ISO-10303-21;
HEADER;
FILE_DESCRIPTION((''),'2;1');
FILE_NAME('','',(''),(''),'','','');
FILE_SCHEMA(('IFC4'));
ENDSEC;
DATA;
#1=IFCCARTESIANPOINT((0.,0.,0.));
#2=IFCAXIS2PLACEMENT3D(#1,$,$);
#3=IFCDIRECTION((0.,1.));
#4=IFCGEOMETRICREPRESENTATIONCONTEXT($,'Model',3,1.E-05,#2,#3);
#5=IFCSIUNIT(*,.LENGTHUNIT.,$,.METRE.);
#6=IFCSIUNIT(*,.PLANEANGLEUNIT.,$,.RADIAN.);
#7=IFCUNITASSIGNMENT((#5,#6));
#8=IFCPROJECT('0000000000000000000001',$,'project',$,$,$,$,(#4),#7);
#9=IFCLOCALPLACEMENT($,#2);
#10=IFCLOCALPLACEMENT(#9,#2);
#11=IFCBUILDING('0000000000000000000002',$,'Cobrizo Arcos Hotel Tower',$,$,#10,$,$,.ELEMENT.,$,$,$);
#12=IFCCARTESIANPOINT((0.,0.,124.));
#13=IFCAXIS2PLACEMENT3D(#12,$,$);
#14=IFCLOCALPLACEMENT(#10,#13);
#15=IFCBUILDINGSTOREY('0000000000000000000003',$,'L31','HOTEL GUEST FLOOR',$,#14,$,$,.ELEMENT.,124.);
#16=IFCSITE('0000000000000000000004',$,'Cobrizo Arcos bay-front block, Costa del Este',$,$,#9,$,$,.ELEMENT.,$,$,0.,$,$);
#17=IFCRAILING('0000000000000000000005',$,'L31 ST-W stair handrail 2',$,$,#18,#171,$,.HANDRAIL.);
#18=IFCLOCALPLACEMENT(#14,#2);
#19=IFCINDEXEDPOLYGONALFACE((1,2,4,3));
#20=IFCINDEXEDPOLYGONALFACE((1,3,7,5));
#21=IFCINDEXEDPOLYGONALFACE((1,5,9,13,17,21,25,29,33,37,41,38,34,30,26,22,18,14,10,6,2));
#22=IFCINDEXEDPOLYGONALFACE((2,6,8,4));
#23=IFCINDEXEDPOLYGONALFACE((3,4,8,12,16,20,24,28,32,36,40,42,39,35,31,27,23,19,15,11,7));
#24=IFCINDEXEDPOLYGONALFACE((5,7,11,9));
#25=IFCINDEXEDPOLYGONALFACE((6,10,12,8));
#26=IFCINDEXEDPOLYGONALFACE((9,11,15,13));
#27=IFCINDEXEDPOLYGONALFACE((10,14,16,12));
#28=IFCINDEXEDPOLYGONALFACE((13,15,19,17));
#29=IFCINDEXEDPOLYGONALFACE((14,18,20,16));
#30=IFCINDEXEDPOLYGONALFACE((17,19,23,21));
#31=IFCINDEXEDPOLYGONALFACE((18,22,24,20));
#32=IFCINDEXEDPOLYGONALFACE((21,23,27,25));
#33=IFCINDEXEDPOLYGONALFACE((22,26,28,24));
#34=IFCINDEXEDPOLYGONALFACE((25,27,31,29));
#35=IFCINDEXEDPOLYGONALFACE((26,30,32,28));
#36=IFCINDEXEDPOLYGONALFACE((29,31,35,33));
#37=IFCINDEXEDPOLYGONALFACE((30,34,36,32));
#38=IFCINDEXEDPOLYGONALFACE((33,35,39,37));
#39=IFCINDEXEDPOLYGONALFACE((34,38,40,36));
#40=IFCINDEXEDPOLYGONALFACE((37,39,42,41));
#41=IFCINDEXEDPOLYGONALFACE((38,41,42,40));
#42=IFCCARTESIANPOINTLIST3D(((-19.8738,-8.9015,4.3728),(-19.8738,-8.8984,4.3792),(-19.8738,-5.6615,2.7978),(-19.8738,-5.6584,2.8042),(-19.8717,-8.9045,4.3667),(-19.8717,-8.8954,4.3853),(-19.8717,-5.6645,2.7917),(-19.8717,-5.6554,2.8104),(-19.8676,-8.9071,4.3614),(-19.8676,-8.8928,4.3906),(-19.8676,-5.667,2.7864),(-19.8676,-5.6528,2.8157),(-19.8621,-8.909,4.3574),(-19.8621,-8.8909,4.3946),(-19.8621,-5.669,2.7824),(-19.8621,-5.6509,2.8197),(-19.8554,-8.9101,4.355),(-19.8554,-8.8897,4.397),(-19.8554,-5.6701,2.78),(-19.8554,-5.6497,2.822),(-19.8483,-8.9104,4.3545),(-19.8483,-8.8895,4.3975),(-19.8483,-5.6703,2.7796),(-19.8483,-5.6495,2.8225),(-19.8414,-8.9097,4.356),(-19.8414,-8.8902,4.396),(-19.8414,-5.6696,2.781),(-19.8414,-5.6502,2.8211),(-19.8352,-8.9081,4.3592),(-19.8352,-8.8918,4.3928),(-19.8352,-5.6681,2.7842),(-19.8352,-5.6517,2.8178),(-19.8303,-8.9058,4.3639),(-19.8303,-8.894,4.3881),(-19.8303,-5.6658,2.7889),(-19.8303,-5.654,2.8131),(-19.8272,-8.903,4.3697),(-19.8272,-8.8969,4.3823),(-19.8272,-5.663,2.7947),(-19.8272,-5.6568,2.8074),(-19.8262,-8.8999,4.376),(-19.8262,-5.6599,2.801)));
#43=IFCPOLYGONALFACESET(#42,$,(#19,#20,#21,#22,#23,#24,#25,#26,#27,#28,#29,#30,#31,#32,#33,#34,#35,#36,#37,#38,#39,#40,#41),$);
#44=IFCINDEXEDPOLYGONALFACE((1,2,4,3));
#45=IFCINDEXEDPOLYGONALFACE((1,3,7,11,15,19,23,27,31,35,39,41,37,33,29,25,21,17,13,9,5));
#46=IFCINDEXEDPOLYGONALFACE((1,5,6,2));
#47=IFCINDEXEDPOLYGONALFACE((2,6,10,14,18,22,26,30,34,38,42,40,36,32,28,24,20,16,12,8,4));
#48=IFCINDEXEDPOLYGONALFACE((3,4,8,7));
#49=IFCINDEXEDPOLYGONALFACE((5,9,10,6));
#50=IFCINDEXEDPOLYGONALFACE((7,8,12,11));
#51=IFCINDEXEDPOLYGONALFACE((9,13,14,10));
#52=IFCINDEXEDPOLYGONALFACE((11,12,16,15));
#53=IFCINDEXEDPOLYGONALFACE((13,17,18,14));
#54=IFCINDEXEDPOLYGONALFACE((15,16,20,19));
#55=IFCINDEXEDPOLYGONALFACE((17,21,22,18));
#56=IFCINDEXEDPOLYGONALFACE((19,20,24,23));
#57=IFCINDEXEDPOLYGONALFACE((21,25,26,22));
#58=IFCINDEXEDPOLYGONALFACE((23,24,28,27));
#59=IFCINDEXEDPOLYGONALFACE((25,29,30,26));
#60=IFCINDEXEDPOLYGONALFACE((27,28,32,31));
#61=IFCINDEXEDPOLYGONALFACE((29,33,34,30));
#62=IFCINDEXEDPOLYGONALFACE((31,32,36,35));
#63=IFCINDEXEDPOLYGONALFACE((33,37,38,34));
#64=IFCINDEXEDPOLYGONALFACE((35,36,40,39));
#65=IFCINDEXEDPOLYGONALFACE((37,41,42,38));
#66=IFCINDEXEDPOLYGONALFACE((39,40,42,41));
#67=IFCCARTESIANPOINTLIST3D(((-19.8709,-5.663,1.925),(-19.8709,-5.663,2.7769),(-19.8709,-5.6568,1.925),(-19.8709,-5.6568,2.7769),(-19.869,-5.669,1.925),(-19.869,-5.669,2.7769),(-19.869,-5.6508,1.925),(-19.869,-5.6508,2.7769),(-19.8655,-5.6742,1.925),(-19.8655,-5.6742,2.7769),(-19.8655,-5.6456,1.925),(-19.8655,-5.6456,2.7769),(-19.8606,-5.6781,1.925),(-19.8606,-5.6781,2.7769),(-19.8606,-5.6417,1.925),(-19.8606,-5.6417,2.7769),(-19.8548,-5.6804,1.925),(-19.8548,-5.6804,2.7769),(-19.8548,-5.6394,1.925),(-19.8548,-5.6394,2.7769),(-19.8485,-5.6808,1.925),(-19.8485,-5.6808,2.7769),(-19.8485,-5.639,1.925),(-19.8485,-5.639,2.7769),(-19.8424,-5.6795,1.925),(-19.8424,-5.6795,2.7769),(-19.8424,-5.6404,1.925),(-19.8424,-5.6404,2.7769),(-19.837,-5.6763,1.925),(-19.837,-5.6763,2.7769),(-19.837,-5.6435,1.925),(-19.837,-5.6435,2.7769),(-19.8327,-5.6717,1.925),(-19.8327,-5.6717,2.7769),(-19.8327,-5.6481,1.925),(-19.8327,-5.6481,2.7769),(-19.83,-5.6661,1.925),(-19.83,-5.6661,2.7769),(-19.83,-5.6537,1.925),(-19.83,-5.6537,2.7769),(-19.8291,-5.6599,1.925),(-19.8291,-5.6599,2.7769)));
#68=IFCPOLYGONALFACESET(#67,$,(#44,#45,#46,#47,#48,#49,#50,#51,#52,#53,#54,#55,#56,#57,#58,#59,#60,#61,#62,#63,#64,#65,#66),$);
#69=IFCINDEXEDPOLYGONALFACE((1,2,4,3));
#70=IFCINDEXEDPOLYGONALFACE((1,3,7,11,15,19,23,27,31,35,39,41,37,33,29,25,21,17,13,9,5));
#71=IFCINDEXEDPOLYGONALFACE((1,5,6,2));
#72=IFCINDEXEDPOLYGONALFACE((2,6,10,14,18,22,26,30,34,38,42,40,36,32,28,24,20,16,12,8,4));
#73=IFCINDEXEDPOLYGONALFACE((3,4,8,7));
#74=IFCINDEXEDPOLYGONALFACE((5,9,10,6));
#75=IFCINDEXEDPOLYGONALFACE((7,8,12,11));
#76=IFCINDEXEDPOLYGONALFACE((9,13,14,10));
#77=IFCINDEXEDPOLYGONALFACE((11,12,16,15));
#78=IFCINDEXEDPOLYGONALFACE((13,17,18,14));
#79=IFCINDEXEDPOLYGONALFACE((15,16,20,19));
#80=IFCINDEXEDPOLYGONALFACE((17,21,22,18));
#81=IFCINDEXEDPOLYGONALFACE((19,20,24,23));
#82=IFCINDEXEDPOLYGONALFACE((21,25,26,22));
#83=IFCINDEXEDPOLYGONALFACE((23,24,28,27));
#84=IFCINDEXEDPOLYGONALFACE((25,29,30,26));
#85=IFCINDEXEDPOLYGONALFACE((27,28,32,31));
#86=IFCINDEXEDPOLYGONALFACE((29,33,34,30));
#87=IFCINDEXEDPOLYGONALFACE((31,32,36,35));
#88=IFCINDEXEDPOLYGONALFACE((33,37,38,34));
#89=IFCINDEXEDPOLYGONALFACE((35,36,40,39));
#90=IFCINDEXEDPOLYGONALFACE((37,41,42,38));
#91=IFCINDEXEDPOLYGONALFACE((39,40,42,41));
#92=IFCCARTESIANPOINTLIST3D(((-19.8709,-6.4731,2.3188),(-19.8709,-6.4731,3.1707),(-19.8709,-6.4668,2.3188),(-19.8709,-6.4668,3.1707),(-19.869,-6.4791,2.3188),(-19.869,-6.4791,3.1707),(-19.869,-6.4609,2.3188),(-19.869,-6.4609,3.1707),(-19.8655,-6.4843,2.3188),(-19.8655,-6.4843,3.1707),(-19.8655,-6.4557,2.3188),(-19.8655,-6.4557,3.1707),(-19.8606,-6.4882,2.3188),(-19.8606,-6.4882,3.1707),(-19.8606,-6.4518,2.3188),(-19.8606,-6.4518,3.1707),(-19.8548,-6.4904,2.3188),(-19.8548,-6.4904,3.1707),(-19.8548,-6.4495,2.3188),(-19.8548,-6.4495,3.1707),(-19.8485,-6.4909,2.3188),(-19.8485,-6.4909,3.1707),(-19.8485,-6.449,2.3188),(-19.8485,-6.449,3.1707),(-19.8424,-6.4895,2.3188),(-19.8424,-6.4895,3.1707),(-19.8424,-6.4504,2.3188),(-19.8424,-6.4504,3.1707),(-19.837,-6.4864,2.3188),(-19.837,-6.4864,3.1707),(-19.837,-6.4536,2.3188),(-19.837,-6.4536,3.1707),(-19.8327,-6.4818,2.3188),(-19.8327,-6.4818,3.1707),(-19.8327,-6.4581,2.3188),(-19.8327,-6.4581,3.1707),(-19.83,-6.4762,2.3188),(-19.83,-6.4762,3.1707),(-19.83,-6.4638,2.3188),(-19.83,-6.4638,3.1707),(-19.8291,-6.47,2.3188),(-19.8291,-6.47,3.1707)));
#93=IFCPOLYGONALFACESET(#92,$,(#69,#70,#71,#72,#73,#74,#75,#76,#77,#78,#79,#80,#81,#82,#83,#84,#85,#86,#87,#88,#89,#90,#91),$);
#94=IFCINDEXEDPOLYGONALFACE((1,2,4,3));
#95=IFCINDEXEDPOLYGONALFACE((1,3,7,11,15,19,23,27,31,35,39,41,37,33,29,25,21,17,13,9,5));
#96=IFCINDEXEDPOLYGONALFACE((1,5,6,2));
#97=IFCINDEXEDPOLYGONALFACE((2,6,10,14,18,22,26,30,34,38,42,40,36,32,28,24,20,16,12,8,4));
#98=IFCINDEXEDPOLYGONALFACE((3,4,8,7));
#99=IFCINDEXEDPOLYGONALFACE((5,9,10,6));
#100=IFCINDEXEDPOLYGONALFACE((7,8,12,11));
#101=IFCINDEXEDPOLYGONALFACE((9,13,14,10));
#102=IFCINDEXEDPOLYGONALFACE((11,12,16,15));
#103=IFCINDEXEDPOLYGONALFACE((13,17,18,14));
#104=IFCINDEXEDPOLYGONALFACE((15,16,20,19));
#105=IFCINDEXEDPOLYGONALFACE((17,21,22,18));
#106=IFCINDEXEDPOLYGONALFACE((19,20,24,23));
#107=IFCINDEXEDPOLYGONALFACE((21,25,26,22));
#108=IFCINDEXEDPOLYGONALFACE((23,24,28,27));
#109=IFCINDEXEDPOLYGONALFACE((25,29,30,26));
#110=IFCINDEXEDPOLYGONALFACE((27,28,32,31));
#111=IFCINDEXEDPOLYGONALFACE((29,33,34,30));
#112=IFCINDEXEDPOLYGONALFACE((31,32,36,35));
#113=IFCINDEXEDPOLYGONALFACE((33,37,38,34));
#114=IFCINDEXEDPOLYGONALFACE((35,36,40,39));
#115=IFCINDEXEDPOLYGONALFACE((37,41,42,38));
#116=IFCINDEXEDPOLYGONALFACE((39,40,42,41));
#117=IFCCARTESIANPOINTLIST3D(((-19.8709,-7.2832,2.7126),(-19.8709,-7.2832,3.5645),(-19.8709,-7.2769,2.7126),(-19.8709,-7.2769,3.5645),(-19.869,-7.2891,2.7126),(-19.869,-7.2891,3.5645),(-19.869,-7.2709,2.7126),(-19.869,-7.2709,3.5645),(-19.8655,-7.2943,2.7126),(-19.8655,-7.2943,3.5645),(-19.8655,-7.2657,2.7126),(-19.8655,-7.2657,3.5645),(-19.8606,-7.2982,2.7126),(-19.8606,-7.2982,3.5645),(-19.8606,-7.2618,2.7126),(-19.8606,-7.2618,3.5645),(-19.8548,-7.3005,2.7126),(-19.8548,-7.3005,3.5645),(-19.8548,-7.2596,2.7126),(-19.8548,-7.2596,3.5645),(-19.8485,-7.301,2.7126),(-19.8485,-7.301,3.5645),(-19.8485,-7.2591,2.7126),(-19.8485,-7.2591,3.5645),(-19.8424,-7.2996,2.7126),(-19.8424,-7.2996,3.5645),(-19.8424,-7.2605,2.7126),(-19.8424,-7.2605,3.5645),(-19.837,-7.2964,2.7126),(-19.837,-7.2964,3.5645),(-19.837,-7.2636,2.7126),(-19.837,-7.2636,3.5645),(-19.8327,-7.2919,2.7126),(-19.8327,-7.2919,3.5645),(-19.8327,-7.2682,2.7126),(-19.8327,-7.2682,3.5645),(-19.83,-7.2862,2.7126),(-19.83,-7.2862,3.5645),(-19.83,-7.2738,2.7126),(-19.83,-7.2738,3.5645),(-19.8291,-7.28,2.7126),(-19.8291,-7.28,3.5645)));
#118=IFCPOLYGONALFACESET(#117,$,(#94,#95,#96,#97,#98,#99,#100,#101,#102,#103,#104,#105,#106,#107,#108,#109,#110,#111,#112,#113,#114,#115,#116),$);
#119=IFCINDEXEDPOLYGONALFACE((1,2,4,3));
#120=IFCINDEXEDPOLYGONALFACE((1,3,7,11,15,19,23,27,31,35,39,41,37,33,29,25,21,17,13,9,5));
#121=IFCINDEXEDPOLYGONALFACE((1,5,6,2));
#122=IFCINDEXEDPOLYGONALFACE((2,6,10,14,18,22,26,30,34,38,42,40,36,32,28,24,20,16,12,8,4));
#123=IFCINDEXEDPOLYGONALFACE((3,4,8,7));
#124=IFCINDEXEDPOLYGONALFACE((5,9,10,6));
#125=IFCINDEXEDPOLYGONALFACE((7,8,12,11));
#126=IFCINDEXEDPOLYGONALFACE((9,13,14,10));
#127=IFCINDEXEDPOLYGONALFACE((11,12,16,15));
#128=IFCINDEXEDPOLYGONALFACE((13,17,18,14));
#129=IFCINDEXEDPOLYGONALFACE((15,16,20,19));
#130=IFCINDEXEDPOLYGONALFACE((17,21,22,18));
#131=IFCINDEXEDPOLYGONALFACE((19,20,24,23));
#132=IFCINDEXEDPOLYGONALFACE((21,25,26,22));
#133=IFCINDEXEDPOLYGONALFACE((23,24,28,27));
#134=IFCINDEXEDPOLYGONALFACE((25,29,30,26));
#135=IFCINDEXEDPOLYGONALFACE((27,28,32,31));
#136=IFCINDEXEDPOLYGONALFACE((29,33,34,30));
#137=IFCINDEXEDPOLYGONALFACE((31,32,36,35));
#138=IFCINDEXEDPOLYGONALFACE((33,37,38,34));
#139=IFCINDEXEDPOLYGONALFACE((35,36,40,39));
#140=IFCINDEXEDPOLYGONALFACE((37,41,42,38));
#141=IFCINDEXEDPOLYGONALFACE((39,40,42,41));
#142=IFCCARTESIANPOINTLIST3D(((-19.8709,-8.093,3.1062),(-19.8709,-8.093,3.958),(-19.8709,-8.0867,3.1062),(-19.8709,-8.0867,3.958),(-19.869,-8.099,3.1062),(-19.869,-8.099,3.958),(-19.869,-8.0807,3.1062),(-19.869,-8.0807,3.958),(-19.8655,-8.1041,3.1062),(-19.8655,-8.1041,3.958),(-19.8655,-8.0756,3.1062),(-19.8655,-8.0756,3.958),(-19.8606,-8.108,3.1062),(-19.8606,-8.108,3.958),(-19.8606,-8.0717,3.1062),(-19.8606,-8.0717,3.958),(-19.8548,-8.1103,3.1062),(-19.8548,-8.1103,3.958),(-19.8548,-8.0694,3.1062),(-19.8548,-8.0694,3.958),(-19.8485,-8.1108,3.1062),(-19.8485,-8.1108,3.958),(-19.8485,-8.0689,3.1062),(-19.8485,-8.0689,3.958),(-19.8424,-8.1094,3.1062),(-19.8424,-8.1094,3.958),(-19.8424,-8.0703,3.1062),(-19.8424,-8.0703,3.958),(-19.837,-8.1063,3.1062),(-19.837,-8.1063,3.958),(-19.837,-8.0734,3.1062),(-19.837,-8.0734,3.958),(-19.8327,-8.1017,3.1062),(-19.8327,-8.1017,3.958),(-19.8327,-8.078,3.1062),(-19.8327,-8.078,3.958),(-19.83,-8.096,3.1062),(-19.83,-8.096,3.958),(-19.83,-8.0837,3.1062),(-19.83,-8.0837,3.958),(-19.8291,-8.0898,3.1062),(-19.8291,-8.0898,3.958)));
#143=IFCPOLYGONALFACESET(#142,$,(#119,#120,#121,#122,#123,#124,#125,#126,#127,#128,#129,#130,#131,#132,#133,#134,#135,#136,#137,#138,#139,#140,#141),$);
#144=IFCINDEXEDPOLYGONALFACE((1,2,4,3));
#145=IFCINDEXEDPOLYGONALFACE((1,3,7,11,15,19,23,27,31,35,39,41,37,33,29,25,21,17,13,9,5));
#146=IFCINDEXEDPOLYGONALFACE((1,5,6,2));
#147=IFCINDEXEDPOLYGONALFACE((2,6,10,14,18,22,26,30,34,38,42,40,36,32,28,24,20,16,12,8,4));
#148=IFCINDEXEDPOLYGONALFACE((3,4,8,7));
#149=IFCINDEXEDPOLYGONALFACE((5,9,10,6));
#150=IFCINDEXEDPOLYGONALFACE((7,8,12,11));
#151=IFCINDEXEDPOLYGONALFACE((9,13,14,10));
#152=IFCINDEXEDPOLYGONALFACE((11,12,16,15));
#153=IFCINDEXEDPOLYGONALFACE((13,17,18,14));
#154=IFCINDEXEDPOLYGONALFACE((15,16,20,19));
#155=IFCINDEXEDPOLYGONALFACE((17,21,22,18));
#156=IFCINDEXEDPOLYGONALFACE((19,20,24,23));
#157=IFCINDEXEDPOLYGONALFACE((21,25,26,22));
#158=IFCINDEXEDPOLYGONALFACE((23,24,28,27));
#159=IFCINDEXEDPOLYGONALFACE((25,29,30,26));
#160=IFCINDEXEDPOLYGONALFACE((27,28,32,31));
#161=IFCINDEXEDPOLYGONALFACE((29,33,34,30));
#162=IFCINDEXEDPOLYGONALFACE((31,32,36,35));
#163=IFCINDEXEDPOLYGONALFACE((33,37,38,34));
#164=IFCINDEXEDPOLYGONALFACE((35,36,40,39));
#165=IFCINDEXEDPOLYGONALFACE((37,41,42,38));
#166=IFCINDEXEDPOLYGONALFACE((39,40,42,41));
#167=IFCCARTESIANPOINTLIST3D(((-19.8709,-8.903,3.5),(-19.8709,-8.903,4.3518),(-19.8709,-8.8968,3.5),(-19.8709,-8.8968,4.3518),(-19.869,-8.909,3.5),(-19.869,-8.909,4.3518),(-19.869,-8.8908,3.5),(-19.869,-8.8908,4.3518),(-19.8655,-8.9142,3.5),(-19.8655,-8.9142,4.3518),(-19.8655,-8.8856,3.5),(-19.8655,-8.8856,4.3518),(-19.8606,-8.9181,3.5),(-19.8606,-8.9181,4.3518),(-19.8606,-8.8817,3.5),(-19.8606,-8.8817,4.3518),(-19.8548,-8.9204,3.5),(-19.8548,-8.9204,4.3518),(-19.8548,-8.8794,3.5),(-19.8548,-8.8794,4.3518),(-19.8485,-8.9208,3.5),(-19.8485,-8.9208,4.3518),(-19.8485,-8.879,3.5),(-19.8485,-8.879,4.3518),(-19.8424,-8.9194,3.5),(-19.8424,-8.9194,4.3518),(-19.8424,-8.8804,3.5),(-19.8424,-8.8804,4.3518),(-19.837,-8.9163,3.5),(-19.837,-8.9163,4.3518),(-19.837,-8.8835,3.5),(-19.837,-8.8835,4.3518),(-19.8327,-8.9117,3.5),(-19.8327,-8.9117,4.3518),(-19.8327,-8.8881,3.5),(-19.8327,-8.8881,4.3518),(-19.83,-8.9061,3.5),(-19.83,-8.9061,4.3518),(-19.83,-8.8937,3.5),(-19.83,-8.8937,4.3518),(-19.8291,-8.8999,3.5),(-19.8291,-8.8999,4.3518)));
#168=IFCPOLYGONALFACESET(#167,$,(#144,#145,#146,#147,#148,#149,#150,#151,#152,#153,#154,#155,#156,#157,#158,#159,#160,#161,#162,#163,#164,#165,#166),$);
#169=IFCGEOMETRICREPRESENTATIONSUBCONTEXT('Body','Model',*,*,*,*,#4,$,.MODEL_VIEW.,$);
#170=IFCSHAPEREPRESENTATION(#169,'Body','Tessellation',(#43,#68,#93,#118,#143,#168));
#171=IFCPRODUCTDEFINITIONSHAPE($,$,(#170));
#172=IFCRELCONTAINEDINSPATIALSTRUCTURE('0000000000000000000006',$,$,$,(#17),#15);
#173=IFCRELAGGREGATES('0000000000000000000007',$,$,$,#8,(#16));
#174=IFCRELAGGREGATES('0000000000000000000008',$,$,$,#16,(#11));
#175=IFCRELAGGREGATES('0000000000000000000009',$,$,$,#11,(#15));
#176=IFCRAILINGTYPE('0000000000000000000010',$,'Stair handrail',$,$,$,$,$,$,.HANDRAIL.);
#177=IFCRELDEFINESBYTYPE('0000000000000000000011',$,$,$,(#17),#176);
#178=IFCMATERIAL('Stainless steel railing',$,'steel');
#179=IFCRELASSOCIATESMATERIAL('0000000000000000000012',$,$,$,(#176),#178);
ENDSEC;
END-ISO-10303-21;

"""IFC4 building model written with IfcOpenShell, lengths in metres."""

from ifc_helpers import new_model, si_unit, direction, frame, origin, origin_2d, place, context, subcontext, project, spatial, circle, extrude, material, type_object, element, save


model = new_model("IFC4")

# Units and contexts
model_context = context("Model", 3, precision=1e-05, world=origin(), true_north=direction((0.0, 1.0)))
body_context = subcontext(model_context, "Body", "Model", "MODEL_VIEW")
ifc_project = project(units=[si_unit("LENGTHUNIT", "METRE"), si_unit("PLANEANGLEUNIT", "RADIAN")], contexts=[model_context])

# Site, building, storey
site_placement = place(None, origin())
site = spatial("IfcSite", under=ifc_project, at=site_placement, Name="Cobrizo Arcos bay-front block, Costa del Este", CompositionType="ELEMENT", RefElevation=0.0)
building_placement = place(site_placement, origin())
building = spatial("IfcBuilding", under=site, at=building_placement, Name="Cobrizo Arcos Hotel Tower", CompositionType="ELEMENT")
storey_placement = place(building_placement, frame((0.0, 0.0, 124.0)))
storey = spatial("IfcBuildingStorey", under=building, at=storey_placement, Name="L31", Description="HOTEL GUEST FLOOR", CompositionType="ELEMENT", Elevation=124.0)

# Railing
ifc_material_1 = material(Name="Stainless steel railing", Category="steel")
railing_type_1 = type_object("IfcRailingType", Name="Stair handrail", PredefinedType="HANDRAIL", material=ifc_material_1)
railing_1_placement = place(storey_placement, frame((-19.8501, -5.6599, 1.925)))
element("IfcRailing", 1, at=railing_1_placement, inside=storey, type_object=railing_type_1, Name="L31 ST-W stair handrail 2", PredefinedType="HANDRAIL", context=body_context, shape_type="SweptSolid", body=[
    extrude(circle(Radius=0.0239, at=origin_2d()), frame((0.0, 0.0, 0.876), z_axis=(0.0, -0.899373, 0.437183), x_axis=(1.0, 0.0, 0.0)), (0.0, 0.0, 1.0), 3.6025),
    extrude(circle(Radius=0.021, at=origin_2d()), origin(), (0.0, 0.0, 1.0), 0.8518),
    extrude(circle(Radius=0.021, at=origin_2d()), frame((0.0, -0.8101, 0.3938)), (0.0, 0.0, 1.0), 0.8518),
    extrude(circle(Radius=0.021, at=origin_2d()), frame((0.0, -1.6201, 0.7876)), (0.0, 0.0, 1.0), 0.8518),
    extrude(circle(Radius=0.021, at=origin_2d()), frame((0.0, -2.4299, 1.1812)), (0.0, 0.0, 1.0), 0.8518),
    extrude(circle(Radius=0.021, at=origin_2d()), frame((0.0, -3.24, 1.575)), (0.0, 0.0, 1.0), 0.8518),
])

save(model, "model.ifc")
